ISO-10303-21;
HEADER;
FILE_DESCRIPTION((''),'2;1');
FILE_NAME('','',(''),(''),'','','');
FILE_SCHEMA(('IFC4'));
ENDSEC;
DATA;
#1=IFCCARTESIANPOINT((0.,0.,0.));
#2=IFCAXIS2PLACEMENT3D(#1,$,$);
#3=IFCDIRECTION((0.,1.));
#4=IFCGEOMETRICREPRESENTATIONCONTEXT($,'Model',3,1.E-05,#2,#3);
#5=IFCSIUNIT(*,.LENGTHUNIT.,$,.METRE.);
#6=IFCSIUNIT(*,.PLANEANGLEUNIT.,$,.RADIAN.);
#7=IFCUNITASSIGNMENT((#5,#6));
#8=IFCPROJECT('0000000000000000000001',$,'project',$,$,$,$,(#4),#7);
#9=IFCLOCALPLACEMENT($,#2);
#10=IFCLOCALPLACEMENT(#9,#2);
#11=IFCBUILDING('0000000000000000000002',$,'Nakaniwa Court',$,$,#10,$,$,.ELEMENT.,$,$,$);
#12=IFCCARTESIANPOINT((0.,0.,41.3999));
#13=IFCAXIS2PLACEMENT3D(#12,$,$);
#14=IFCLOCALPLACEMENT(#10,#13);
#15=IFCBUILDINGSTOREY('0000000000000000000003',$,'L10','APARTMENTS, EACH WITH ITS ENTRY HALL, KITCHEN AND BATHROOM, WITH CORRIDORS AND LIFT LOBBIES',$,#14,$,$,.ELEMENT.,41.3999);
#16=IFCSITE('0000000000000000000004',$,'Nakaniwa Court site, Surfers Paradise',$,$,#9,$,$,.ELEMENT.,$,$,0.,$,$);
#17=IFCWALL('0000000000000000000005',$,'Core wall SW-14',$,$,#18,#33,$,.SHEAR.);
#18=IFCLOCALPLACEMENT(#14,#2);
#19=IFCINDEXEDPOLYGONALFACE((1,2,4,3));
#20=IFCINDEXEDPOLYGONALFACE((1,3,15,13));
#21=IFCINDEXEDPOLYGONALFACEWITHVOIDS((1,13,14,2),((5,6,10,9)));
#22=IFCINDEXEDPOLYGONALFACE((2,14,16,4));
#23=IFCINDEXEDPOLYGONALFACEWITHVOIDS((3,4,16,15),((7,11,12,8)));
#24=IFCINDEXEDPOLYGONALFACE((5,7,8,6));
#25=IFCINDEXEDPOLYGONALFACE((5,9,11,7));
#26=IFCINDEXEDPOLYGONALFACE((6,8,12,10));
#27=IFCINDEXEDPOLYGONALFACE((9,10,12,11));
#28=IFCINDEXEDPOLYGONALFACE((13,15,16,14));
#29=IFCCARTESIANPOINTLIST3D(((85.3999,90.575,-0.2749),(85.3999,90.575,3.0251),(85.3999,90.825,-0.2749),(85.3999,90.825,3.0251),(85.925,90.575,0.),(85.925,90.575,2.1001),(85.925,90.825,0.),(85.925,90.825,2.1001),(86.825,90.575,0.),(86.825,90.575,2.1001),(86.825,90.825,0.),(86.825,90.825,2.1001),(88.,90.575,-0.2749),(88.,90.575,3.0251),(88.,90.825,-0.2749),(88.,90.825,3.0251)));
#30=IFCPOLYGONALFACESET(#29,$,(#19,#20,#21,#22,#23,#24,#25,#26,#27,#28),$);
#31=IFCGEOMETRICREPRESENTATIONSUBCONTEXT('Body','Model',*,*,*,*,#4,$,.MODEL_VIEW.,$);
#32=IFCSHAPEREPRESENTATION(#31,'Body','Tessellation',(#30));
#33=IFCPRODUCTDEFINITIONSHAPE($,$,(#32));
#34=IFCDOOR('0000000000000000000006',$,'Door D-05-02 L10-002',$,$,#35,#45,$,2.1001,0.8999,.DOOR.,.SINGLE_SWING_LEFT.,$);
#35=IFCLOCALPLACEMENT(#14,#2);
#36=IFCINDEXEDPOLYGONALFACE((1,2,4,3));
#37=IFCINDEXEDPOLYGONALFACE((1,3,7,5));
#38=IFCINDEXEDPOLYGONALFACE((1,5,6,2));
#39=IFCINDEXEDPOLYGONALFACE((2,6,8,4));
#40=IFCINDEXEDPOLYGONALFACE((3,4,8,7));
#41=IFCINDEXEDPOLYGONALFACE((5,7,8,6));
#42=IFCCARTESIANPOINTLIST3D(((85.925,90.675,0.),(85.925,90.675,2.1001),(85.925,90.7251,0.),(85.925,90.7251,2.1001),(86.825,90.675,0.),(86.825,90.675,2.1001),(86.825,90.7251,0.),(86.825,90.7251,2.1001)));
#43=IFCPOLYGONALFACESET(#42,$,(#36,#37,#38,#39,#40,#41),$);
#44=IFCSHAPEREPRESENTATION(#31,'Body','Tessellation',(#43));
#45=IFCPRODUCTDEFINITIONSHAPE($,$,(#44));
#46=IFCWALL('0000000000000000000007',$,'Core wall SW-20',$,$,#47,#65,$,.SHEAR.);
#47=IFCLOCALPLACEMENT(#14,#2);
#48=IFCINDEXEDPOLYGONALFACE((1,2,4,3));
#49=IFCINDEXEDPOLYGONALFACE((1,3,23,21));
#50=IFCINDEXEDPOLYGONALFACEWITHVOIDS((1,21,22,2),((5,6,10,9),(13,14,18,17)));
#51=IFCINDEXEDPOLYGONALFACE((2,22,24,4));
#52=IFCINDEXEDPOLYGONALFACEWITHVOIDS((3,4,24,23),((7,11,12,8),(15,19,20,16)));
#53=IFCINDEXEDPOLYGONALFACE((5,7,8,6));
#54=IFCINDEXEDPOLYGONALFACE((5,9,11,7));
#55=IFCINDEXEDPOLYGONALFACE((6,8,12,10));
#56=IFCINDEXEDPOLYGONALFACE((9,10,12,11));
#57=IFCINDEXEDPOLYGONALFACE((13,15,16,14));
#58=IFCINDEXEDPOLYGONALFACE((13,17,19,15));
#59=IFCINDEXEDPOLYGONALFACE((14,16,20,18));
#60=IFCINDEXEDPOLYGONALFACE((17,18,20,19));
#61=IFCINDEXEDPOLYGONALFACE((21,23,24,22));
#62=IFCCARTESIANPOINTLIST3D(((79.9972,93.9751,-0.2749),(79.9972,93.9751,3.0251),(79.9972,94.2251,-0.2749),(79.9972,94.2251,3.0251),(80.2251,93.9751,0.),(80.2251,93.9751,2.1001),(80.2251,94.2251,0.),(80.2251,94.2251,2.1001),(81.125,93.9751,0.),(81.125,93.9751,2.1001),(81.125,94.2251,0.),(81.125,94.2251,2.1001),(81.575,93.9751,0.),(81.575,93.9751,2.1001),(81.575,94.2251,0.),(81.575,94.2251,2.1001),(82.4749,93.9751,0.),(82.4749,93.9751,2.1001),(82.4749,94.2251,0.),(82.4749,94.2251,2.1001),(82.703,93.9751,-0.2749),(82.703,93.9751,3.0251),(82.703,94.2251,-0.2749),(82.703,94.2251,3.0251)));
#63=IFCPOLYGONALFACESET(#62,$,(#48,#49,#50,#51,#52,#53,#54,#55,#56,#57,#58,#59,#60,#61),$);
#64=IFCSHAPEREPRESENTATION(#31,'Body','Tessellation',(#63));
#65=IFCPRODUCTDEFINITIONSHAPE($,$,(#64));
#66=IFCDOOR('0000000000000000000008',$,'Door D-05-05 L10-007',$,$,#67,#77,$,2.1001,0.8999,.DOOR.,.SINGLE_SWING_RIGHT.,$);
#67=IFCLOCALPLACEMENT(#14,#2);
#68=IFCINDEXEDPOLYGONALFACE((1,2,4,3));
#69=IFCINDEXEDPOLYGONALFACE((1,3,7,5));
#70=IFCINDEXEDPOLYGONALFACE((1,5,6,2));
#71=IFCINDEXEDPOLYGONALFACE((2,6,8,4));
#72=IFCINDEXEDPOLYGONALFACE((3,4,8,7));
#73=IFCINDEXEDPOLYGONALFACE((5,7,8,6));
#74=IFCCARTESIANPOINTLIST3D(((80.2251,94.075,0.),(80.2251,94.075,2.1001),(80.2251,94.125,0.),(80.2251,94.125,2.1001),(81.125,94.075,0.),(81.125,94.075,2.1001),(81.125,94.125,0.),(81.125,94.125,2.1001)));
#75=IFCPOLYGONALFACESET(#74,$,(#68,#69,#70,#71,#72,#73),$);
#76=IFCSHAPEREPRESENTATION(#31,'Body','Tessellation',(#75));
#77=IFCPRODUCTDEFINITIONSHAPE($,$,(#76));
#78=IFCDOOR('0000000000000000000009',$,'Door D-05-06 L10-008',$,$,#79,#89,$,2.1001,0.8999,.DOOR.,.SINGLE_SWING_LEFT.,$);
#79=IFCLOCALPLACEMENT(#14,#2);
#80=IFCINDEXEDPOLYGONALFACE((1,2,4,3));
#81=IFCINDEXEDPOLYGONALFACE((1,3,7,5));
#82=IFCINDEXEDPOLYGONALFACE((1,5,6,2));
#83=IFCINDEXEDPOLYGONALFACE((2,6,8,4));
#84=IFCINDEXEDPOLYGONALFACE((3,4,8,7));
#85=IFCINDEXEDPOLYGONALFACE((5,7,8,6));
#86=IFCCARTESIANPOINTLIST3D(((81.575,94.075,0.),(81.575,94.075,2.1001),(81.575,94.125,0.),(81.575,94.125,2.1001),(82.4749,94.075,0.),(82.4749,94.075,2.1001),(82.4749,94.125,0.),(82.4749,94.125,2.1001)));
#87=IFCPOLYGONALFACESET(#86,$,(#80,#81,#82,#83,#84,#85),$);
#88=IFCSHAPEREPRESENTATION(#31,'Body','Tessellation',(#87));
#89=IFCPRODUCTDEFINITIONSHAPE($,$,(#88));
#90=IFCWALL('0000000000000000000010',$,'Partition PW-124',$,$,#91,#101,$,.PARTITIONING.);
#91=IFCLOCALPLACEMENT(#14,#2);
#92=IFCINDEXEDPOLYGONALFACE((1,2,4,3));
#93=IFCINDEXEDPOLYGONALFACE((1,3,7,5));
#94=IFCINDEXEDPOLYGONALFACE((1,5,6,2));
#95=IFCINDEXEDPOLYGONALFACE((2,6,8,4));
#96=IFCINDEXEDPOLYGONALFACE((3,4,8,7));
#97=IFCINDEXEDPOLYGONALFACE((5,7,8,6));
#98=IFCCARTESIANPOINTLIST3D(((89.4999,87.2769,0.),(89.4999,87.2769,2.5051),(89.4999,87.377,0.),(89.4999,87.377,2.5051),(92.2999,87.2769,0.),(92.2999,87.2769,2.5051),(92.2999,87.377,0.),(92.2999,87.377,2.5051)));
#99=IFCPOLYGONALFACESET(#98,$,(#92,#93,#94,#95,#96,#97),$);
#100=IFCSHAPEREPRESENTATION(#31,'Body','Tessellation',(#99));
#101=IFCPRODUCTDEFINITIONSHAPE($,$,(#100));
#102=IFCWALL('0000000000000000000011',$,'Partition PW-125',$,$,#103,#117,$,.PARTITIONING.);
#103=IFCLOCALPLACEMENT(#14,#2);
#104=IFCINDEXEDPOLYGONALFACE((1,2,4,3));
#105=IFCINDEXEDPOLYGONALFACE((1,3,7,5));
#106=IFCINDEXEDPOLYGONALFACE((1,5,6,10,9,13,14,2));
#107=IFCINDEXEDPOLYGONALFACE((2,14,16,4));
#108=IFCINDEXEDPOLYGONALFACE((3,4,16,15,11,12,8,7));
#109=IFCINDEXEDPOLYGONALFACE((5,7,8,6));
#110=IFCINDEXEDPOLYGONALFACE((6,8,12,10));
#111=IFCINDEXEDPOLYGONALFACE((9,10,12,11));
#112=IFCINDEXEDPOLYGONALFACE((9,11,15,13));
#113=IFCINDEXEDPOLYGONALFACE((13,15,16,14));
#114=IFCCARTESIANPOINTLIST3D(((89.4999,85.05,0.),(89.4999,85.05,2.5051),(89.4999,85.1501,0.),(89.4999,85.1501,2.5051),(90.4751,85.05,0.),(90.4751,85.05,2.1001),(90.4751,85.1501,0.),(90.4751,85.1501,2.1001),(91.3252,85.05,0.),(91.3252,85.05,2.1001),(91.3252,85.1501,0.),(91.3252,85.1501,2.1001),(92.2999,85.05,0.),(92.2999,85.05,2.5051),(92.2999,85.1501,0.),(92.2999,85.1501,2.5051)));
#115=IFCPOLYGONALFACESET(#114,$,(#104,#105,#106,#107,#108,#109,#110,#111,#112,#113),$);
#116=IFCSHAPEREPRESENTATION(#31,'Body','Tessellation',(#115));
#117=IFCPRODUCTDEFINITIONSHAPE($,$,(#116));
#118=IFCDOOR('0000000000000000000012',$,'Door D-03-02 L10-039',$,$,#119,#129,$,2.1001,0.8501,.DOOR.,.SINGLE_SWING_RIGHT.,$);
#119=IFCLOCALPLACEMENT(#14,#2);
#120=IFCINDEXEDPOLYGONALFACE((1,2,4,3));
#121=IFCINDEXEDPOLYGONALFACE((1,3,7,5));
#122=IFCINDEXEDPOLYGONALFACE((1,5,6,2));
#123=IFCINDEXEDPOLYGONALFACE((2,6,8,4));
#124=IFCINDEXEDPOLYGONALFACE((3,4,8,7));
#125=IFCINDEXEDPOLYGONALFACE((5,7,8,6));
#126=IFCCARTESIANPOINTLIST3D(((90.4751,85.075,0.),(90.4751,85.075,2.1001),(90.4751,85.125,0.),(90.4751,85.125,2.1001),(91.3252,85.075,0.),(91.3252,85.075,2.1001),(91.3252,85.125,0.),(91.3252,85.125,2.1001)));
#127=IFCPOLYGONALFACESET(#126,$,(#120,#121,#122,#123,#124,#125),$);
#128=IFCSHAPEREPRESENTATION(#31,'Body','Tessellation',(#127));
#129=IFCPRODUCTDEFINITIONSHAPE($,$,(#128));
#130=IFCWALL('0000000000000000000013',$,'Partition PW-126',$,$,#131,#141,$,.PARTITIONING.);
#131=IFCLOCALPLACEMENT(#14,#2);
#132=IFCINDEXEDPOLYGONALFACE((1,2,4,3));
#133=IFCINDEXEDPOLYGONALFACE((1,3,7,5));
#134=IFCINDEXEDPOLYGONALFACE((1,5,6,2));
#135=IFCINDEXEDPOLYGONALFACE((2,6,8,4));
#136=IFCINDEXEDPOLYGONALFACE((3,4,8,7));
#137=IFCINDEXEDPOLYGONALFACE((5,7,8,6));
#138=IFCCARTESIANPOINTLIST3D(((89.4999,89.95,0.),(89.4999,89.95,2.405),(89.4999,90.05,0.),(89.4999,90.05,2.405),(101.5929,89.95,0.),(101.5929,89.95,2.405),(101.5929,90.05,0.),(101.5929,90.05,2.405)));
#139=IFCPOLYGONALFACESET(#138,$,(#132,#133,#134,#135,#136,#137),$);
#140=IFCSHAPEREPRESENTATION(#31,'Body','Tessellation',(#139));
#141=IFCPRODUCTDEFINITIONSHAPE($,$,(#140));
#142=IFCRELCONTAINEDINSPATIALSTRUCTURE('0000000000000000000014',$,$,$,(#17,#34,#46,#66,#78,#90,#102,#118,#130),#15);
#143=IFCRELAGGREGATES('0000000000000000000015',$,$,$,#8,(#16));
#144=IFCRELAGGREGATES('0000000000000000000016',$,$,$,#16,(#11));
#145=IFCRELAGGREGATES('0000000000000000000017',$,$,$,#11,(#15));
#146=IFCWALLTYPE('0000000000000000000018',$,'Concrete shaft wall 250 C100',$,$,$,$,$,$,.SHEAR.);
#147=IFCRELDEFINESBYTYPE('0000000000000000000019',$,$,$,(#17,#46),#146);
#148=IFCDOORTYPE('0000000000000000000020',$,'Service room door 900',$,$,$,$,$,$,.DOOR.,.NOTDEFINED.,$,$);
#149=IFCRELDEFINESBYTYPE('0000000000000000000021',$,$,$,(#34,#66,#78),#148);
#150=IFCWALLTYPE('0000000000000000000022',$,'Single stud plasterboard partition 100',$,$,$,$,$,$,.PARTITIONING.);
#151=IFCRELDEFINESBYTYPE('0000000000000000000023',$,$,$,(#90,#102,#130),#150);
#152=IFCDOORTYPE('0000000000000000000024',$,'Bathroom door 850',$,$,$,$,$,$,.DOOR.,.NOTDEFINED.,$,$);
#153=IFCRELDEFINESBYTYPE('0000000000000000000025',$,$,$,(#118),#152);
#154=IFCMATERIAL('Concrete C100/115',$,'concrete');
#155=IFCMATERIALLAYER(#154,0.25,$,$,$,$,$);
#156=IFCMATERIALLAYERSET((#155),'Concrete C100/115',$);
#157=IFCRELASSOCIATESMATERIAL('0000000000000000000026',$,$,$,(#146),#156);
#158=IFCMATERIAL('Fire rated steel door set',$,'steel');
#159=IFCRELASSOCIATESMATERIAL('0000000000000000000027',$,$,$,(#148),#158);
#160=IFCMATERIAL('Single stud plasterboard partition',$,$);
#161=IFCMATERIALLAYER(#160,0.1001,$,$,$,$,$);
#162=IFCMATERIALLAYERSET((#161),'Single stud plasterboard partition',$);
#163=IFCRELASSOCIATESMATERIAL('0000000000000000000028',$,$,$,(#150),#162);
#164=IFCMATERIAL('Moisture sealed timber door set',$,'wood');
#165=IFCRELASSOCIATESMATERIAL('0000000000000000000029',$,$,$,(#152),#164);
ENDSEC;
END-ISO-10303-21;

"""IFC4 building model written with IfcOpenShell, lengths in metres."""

from ifc_helpers import new_model, si_unit, direction, frame, frame_2d, origin, place, context, subcontext, project, spatial, rectangle, extrude, material, layer, layer_set, type_object, element, fill, save


model = new_model("IFC4")

# Units and contexts
model_context = context("Model", 3, precision=1e-05, world=origin(), true_north=direction((0.0, 1.0)))
body_context = subcontext(model_context, "Body", "Model", "MODEL_VIEW")
ifc_project = project(units=[si_unit("LENGTHUNIT", "METRE"), si_unit("PLANEANGLEUNIT", "RADIAN")], contexts=[model_context])

# Site, building, storey
site_placement = place(None, origin())
site = spatial("IfcSite", under=ifc_project, at=site_placement, Name="Nakaniwa Court site, Surfers Paradise", CompositionType="ELEMENT", RefElevation=0.0)
building_placement = place(site_placement, origin())
building = spatial("IfcBuilding", under=site, at=building_placement, Name="Nakaniwa Court", CompositionType="ELEMENT")
storey_placement = place(building_placement, frame((0.0, 0.0, 41.3999)))
storey = spatial("IfcBuildingStorey", under=building, at=storey_placement, Name="L10", Description="APARTMENTS, EACH WITH ITS ENTRY HALL, KITCHEN AND BATHROOM, WITH CORRIDORS AND LIFT LOBBIES", CompositionType="ELEMENT", Elevation=41.3999)

# Shared definitions
ifc_material_1 = material(Name="Concrete C100/115", Category="concrete")

# Shared definitions
ifc_layer_1 = layer(ifc_material_1, 0.25)
ifc_layer_set_1 = layer_set([ifc_layer_1], Name="Concrete C100/115")
wall_type_1 = type_object("IfcWallType", Name="Concrete shaft wall 250 C100", PredefinedType="SHEAR", material=ifc_layer_set_1)

# Wall, opening, door
wall_1_placement = place(storey_placement, frame((88.0, 90.7, -0.2749), z_axis=(0.0, 0.0, 1.0), x_axis=(-1.0, 0.0, 0.0)))
wall_1 = element("IfcWall", 1, at=wall_1_placement, inside=storey, type_object=wall_type_1, Name="Core wall SW-14", PredefinedType="SHEAR", context=body_context, shape_type="SweptSolid", body=[
    extrude(rectangle(XDim=2.6001, YDim=0.25, at=frame_2d((1.3, 0.0))), origin(), (0.0, 0.0, 1.0), 3.3),
])
opening_1_placement = place(wall_1_placement, frame((1.175, 0.0, 0.2749)))
opening_1 = element("IfcOpeningElement", 2, at=opening_1_placement, cuts=wall_1, PredefinedType="OPENING", context=body_context, shape_type="SweptSolid", body=[
    extrude(rectangle(XDim=0.8999, YDim=2.1001, at=frame_2d((0.45, 1.05))), frame((0.0, 0.135, 0.0), z_axis=(0.0, -1.0, 0.0), x_axis=(1.0, 0.0, 0.0)), (0.0, 0.0, 1.0), 0.27),
])
ifc_material_2 = material(Name="Fire rated steel door set", Category="steel")
door_type_1 = type_object("IfcDoorType", Name="Service room door 900", OperationType="NOTDEFINED", PredefinedType="DOOR", material=ifc_material_2)
door_1_placement = place(opening_1_placement, origin())
door_1 = element("IfcDoor", 3, at=door_1_placement, inside=storey, type_object=door_type_1, Name="Door D-05-02 L10-002", OperationType="SINGLE_SWING_LEFT", OverallHeight=2.1001, OverallWidth=0.8999, PredefinedType="DOOR", context=body_context, shape_type="SweptSolid", body=[
    extrude(rectangle(XDim=0.8999, YDim=2.1001, at=frame_2d((0.45, 1.05))), frame((0.0, 0.0249, 0.0), z_axis=(0.0, -1.0, 0.0), x_axis=(1.0, 0.0, 0.0)), (0.0, 0.0, 1.0), 0.05),
])
fill(opening_1, door_1)

# Wall, openings, doors
wall_2_placement = place(storey_placement, frame((79.9971, 94.1001, -0.2749), z_axis=(0.0, 0.0, 1.0), x_axis=(1.0, 0.0, 0.0)))
wall_2 = element("IfcWall", 4, at=wall_2_placement, inside=storey, type_object=wall_type_1, Name="Core wall SW-20", PredefinedType="SHEAR", context=body_context, shape_type="SweptSolid", body=[
    extrude(rectangle(XDim=2.7058, YDim=0.25, at=frame_2d((1.353, 0.0))), origin(), (0.0, 0.0, 1.0), 3.3),
])
opening_2_placement = place(wall_2_placement, frame((0.228, 0.0, 0.2749)))
opening_2 = element("IfcOpeningElement", 5, at=opening_2_placement, cuts=wall_2, PredefinedType="OPENING", context=body_context, shape_type="SweptSolid", body=[
    extrude(rectangle(XDim=0.8999, YDim=2.1001, at=frame_2d((0.45, 1.05))), frame((0.0, 0.135, 0.0), z_axis=(0.0, -1.0, 0.0), x_axis=(1.0, 0.0, 0.0)), (0.0, 0.0, 1.0), 0.27),
])
opening_3_placement = place(wall_2_placement, frame((1.5779, 0.0, 0.2749)))
opening_3 = element("IfcOpeningElement", 6, at=opening_3_placement, cuts=wall_2, PredefinedType="OPENING", context=body_context, shape_type="SweptSolid", body=[
    extrude(rectangle(XDim=0.8999, YDim=2.1001, at=frame_2d((0.45, 1.05))), frame((0.0, 0.135, 0.0), z_axis=(0.0, -1.0, 0.0), x_axis=(1.0, 0.0, 0.0)), (0.0, 0.0, 1.0), 0.27),
])
door_2_placement = place(opening_2_placement, origin())
door_2 = element("IfcDoor", 7, at=door_2_placement, inside=storey, type_object=door_type_1, Name="Door D-05-05 L10-007", OperationType="SINGLE_SWING_RIGHT", OverallHeight=2.1001, OverallWidth=0.8999, PredefinedType="DOOR", context=body_context, shape_type="SweptSolid", body=[
    extrude(rectangle(XDim=0.8999, YDim=2.1001, at=frame_2d((0.45, 1.05))), frame((0.0, 0.0249, 0.0), z_axis=(0.0, -1.0, 0.0), x_axis=(1.0, 0.0, 0.0)), (0.0, 0.0, 1.0), 0.05),
])
fill(opening_2, door_2)
door_3_placement = place(opening_3_placement, origin())
door_3 = element("IfcDoor", 8, at=door_3_placement, inside=storey, type_object=door_type_1, Name="Door D-05-06 L10-008", OperationType="SINGLE_SWING_LEFT", OverallHeight=2.1001, OverallWidth=0.8999, PredefinedType="DOOR", context=body_context, shape_type="SweptSolid", body=[
    extrude(rectangle(XDim=0.8999, YDim=2.1001, at=frame_2d((0.45, 1.05))), frame((0.0, 0.0249, 0.0), z_axis=(0.0, -1.0, 0.0), x_axis=(1.0, 0.0, 0.0)), (0.0, 0.0, 1.0), 0.05),
])
fill(opening_3, door_3)

# Wall
ifc_material_3 = material(Name="Single stud plasterboard partition")
ifc_layer_2 = layer(ifc_material_3, 0.1001)
ifc_layer_set_2 = layer_set([ifc_layer_2], Name="Single stud plasterboard partition")
wall_type_2 = type_object("IfcWallType", Name="Single stud plasterboard partition 100", PredefinedType="PARTITIONING", material=ifc_layer_set_2)
wall_3_placement = place(storey_placement, frame((89.5, 87.3269, 0.0), z_axis=(0.0, 0.0, 1.0), x_axis=(1.0, 0.0, 0.0)))
element("IfcWall", 9, at=wall_3_placement, inside=storey, type_object=wall_type_2, Name="Partition PW-124", PredefinedType="PARTITIONING", context=body_context, shape_type="SweptSolid", body=[
    extrude(rectangle(XDim=2.8, YDim=0.1001, at=frame_2d((1.3999, 0.0))), origin(), (0.0, 0.0, 1.0), 2.5051),
])

# Wall, opening, door
wall_4_placement = place(storey_placement, frame((89.5, 85.1001, 0.0), z_axis=(0.0, 0.0, 1.0), x_axis=(1.0, 0.0, 0.0)))
wall_4 = element("IfcWall", 10, at=wall_4_placement, inside=storey, type_object=wall_type_2, Name="Partition PW-125", PredefinedType="PARTITIONING", context=body_context, shape_type="SweptSolid", body=[
    extrude(rectangle(XDim=2.8, YDim=0.1001, at=frame_2d((1.3999, 0.0))), origin(), (0.0, 0.0, 1.0), 2.5051),
])
opening_4_placement = place(wall_4_placement, frame((0.9751, 0.0, 0.0)))
opening_4 = element("IfcOpeningElement", 11, at=opening_4_placement, cuts=wall_4, PredefinedType="OPENING", context=body_context, shape_type="SweptSolid", body=[
    extrude(rectangle(XDim=0.8501, YDim=2.1001, at=frame_2d((0.425, 1.05))), frame((0.0, 0.0601, 0.0), z_axis=(0.0, -1.0, 0.0), x_axis=(1.0, 0.0, 0.0)), (0.0, 0.0, 1.0), 0.1201),
])
ifc_material_4 = material(Name="Moisture sealed timber door set", Category="wood")
door_type_2 = type_object("IfcDoorType", Name="Bathroom door 850", OperationType="NOTDEFINED", PredefinedType="DOOR", material=ifc_material_4)
door_4_placement = place(opening_4_placement, origin())
door_4 = element("IfcDoor", 12, at=door_4_placement, inside=storey, type_object=door_type_2, Name="Door D-03-02 L10-039", OperationType="SINGLE_SWING_RIGHT", OverallHeight=2.1001, OverallWidth=0.8501, PredefinedType="DOOR", context=body_context, shape_type="SweptSolid", body=[
    extrude(rectangle(XDim=0.8501, YDim=2.1001, at=frame_2d((0.425, 1.05))), frame((0.0, 0.0249, 0.0), z_axis=(0.0, -1.0, 0.0), x_axis=(1.0, 0.0, 0.0)), (0.0, 0.0, 1.0), 0.05),
])
fill(opening_4, door_4)

# Wall
wall_5_placement = place(storey_placement, frame((89.5, 90.0, 0.0), z_axis=(0.0, 0.0, 1.0), x_axis=(1.0, 0.0, 0.0)))
element("IfcWall", 13, at=wall_5_placement, inside=storey, type_object=wall_type_2, Name="Partition PW-126", PredefinedType="PARTITIONING", context=body_context, shape_type="SweptSolid", body=[
    extrude(rectangle(XDim=12.093, YDim=0.1001, at=frame_2d((6.0464, 0.0))), origin(), (0.0, 0.0, 1.0), 2.405),
])

save(model, "model.ifc")
